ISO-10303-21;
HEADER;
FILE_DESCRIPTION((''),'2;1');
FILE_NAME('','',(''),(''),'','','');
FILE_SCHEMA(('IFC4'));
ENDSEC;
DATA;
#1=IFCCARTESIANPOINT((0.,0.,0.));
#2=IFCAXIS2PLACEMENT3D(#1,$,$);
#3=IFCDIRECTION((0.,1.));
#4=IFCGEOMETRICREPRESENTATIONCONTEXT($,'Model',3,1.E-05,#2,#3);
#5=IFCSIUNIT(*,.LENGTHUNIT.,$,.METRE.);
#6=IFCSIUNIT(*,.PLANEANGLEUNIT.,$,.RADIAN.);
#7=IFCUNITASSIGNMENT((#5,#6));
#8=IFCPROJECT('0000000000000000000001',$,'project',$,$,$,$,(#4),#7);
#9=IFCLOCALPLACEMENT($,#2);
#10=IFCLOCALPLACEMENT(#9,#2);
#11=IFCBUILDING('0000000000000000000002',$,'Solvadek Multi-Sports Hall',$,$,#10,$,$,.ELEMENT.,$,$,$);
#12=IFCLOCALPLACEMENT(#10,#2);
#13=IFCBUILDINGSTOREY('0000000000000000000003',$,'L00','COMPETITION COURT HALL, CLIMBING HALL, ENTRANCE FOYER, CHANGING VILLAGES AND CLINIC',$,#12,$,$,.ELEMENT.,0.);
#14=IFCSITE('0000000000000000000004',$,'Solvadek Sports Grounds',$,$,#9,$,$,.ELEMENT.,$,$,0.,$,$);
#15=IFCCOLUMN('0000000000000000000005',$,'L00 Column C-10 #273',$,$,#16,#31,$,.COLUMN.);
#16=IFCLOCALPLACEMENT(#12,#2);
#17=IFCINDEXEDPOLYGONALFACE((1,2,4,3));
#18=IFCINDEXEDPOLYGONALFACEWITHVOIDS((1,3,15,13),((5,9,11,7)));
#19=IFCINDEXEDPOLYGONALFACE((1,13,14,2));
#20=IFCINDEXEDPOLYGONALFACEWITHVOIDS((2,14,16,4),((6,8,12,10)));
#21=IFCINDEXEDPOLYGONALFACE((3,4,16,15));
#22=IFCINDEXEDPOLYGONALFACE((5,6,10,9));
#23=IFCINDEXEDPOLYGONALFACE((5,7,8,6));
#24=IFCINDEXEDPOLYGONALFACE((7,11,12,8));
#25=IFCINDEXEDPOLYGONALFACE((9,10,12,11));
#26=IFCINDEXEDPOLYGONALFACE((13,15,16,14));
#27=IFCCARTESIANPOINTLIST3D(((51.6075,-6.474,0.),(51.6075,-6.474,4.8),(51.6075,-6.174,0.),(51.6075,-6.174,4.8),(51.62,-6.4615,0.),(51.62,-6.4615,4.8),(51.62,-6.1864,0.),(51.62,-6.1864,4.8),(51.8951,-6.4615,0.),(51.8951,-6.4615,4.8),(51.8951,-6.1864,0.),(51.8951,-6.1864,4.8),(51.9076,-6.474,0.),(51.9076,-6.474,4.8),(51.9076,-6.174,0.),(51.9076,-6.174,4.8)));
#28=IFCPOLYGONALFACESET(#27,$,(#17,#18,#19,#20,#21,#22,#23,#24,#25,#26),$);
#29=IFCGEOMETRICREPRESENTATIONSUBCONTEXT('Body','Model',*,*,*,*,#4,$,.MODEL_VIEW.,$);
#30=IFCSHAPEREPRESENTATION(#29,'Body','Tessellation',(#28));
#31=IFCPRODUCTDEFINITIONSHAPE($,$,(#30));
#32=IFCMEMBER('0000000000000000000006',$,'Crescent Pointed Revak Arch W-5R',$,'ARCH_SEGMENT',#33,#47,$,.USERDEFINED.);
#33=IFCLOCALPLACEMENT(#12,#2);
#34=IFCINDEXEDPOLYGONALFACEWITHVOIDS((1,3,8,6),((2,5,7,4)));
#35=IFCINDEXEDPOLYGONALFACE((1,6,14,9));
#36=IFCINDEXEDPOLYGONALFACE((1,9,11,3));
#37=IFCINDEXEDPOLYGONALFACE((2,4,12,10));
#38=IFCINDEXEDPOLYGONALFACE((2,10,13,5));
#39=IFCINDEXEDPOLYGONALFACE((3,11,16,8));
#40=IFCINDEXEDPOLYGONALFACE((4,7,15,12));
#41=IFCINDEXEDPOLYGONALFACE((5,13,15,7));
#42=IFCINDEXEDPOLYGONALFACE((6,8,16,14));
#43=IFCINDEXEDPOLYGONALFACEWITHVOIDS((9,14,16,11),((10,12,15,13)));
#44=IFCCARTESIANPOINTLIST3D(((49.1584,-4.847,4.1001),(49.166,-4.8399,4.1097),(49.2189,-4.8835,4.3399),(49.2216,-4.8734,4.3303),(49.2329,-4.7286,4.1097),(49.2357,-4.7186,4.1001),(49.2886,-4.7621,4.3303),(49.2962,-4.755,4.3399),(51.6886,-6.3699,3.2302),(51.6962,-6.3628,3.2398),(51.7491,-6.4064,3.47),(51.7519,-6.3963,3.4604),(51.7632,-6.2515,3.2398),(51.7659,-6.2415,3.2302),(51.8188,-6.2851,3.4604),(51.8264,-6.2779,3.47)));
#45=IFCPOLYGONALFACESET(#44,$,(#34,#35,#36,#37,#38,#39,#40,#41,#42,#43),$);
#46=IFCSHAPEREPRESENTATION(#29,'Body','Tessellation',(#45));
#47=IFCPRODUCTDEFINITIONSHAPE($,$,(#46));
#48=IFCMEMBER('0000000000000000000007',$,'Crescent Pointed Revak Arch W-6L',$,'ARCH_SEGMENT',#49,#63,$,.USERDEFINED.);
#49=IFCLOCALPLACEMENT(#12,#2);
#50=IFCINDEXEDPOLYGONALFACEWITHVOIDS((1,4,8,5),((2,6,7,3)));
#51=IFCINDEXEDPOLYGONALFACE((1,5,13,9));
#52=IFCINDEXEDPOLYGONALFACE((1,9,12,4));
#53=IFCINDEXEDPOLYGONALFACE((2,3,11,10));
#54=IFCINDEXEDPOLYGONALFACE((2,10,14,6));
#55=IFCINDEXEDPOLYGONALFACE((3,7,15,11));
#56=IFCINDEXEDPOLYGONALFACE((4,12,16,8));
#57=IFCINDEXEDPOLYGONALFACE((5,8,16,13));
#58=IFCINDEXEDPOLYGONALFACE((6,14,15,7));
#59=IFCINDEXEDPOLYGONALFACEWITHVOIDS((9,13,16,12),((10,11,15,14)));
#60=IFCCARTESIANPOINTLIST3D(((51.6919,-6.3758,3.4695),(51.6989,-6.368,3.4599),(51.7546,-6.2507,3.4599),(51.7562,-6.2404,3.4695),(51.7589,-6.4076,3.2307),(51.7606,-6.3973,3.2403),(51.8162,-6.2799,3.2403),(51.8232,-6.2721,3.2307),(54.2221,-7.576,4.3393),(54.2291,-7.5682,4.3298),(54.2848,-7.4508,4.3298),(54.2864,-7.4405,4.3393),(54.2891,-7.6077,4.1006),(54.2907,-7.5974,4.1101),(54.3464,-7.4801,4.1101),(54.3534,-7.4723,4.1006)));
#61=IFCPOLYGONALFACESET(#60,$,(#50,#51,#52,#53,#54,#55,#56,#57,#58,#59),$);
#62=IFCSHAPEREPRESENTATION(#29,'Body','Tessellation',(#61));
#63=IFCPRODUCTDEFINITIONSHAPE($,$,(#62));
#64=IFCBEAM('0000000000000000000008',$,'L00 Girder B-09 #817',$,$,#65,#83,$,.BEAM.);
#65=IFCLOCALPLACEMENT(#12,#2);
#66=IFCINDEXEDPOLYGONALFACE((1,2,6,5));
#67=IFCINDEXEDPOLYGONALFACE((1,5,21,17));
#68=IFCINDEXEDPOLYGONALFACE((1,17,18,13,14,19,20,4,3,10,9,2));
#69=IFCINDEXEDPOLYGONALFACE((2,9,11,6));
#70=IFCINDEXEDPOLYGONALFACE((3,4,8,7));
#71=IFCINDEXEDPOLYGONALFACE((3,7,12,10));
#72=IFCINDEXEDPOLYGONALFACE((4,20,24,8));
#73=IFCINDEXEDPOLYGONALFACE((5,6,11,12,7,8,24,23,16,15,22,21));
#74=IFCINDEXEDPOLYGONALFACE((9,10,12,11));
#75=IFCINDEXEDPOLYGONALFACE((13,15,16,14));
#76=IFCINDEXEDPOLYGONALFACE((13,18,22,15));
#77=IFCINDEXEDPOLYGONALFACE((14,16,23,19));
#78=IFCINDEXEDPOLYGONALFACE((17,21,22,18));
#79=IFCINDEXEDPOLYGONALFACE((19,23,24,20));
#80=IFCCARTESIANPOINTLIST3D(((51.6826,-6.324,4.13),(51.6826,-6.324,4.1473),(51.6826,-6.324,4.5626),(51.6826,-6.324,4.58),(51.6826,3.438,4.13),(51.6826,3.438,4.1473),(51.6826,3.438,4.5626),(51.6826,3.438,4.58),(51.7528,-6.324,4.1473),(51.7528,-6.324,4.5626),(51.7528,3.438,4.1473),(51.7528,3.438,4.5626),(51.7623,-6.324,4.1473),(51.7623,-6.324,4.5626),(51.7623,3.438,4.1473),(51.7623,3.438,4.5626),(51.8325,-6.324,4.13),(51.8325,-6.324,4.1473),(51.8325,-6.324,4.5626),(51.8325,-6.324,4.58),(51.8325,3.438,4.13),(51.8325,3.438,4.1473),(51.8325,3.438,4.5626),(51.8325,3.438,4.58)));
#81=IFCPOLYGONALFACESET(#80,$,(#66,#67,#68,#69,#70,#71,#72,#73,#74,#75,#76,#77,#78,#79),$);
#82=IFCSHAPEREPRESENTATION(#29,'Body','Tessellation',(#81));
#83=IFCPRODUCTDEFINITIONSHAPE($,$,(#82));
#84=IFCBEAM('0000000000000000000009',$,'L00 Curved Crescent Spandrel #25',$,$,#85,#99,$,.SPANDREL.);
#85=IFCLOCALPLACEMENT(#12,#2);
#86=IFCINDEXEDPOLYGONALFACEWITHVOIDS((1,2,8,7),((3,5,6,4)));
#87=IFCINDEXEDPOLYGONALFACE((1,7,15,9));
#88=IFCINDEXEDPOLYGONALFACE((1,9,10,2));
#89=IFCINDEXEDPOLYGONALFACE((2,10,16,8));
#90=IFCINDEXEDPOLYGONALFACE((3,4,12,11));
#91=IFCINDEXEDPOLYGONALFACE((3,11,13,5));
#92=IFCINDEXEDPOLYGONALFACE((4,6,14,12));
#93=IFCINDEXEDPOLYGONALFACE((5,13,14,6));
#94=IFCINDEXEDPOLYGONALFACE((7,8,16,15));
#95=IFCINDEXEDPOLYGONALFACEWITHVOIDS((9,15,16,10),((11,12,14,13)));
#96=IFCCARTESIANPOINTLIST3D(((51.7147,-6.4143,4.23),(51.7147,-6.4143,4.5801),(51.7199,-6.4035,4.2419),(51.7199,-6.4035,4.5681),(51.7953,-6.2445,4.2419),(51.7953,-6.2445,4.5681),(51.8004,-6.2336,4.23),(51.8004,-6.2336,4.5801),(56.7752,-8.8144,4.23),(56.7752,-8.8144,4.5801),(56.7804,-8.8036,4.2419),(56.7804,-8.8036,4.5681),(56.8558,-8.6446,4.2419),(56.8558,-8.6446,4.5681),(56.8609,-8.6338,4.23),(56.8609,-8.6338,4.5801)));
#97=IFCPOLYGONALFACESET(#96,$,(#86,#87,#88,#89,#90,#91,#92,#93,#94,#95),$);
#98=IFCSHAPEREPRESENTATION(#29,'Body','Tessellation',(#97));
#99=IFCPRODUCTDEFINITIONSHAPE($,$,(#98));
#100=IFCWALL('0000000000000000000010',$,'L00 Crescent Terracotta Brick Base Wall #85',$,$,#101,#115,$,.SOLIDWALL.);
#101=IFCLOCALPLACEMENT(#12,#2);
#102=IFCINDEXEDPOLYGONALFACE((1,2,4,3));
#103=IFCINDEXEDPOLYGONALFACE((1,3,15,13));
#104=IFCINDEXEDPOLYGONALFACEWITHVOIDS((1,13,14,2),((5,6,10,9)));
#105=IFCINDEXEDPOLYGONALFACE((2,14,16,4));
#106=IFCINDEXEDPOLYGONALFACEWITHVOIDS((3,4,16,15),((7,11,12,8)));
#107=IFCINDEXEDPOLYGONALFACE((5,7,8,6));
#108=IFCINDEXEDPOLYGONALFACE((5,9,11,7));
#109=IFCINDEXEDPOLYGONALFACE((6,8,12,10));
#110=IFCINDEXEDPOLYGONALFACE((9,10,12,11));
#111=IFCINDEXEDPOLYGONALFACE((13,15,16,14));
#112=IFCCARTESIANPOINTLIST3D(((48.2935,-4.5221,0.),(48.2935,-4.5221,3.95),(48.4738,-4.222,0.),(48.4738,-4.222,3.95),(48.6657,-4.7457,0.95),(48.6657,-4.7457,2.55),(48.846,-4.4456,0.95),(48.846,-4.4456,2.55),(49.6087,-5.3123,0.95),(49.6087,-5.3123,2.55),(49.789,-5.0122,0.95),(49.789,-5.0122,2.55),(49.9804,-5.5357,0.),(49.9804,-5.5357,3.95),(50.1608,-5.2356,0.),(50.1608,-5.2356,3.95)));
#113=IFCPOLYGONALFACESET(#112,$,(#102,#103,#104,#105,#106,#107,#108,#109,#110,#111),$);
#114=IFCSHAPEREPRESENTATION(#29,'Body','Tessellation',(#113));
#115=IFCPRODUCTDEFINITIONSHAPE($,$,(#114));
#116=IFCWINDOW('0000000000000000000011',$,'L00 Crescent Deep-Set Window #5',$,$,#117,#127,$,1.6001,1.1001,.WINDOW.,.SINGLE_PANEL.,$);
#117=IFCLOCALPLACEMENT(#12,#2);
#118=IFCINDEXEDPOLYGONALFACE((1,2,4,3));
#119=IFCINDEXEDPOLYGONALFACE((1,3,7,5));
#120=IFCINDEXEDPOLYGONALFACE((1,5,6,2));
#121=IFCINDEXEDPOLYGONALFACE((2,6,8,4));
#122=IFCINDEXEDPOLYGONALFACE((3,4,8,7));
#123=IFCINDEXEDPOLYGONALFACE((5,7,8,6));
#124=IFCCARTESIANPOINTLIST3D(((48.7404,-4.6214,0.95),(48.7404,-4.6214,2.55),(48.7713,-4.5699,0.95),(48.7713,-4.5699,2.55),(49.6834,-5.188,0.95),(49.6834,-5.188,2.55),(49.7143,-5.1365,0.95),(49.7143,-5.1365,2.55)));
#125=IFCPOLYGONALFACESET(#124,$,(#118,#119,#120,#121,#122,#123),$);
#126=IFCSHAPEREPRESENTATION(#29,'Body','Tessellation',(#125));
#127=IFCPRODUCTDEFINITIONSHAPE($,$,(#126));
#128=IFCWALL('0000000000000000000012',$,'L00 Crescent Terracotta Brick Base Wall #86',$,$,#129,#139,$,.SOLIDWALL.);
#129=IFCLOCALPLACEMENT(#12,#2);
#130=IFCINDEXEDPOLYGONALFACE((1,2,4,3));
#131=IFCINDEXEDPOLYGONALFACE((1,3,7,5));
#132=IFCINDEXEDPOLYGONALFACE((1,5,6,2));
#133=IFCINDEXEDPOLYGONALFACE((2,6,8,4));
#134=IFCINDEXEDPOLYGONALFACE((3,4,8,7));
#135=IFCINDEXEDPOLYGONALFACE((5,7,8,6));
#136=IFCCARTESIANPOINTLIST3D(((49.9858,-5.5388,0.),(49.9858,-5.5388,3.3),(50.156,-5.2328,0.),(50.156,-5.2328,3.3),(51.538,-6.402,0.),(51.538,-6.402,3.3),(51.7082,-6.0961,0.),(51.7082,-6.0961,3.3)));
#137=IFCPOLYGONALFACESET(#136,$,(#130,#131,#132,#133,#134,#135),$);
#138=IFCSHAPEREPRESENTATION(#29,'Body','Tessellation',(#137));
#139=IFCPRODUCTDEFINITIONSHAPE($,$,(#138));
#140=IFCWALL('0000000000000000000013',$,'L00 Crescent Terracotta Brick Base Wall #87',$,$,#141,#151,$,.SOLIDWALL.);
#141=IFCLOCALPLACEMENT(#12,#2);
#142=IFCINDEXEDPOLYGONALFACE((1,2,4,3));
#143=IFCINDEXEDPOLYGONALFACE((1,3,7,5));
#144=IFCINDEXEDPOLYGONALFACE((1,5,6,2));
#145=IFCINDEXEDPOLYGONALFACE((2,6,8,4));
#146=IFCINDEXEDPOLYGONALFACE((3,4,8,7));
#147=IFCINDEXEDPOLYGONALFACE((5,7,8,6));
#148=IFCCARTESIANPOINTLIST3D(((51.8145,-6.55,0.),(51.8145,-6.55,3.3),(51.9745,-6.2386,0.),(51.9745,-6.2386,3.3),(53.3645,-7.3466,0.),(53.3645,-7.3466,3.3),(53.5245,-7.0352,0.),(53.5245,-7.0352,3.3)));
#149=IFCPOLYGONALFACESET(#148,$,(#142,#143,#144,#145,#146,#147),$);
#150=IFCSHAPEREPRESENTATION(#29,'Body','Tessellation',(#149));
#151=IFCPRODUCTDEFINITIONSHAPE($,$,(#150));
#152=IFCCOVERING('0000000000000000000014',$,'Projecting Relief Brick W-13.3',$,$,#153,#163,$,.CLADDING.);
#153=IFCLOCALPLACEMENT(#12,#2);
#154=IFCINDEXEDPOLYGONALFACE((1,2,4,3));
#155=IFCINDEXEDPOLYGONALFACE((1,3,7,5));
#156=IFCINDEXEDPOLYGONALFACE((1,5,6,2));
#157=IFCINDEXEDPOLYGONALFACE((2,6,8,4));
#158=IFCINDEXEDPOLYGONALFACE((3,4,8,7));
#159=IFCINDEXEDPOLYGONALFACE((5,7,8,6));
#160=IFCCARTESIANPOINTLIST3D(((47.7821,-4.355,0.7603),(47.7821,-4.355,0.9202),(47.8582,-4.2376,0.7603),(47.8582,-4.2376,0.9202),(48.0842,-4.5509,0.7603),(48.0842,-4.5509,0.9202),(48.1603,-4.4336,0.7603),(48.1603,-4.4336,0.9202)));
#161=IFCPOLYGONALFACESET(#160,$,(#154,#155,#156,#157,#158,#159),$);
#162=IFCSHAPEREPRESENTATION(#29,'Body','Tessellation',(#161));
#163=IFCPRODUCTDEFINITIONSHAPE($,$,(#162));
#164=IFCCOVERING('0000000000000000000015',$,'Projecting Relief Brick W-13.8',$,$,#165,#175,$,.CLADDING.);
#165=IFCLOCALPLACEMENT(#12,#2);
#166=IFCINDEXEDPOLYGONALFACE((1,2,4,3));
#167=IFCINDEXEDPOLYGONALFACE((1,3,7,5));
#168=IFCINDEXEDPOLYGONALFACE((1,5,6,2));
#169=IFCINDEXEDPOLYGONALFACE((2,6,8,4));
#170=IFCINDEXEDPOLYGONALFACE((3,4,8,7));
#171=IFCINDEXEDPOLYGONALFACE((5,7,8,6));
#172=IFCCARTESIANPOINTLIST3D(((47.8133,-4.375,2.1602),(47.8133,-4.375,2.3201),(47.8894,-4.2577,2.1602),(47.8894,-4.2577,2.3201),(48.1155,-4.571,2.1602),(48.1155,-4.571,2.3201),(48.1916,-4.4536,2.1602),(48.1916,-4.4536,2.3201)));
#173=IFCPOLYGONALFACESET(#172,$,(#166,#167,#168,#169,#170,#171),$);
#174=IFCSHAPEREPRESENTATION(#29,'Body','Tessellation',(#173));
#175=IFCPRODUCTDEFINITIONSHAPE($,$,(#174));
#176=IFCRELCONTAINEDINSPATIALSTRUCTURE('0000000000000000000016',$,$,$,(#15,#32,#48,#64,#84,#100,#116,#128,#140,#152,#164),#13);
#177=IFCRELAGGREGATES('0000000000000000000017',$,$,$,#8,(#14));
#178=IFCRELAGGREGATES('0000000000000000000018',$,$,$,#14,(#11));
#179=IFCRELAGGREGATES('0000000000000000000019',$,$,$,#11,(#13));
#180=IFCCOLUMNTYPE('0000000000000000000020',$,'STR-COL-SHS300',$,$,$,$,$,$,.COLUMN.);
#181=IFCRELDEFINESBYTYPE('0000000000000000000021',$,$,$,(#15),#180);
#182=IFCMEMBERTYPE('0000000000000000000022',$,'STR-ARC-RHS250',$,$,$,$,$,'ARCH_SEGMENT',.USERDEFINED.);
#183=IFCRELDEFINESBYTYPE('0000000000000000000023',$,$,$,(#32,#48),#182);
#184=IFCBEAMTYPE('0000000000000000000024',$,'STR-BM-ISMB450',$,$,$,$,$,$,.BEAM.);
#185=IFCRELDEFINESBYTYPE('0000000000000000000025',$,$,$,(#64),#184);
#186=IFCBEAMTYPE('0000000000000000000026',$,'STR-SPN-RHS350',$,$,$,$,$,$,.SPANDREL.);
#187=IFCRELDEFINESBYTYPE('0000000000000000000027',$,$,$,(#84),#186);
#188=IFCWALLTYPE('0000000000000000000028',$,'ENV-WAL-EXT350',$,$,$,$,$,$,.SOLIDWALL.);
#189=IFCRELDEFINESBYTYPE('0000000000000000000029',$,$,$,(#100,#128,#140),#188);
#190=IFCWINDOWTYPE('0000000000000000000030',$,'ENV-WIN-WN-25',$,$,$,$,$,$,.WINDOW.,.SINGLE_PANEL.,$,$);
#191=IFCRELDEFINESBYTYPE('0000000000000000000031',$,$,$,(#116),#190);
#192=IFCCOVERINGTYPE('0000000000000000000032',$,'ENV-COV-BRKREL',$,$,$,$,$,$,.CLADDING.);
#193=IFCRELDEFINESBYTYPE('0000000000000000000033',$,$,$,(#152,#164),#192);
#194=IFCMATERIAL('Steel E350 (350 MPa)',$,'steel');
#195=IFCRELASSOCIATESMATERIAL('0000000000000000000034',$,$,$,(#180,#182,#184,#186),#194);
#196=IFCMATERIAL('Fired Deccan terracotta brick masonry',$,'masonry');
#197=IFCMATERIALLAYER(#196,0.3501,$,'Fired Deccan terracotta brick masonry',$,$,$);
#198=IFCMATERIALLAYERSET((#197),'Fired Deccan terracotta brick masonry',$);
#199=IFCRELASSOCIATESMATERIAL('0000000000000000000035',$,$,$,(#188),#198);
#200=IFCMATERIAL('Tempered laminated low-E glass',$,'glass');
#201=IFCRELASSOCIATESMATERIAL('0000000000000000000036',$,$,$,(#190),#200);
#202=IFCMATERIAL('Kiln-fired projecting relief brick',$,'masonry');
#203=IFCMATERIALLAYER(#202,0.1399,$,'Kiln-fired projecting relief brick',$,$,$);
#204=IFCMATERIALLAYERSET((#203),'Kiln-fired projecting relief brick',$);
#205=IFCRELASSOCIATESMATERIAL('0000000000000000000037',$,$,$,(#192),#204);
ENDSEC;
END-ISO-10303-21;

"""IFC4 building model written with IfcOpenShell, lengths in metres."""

from ifc_helpers import new_model, si_unit, direction, frame, frame_2d, origin, origin_2d, place, context, subcontext, project, spatial, rectangle, hollow_rectangle, i_section, extrude, material, layer, layer_set, material_profile, profile_set, type_object, element, fill, save


model = new_model("IFC4")

# Units and contexts
model_context = context("Model", 3, precision=1e-05, world=origin(), true_north=direction((0.0, 1.0)))
body_context = subcontext(model_context, "Body", "Model", "MODEL_VIEW")
ifc_project = project(units=[si_unit("LENGTHUNIT", "METRE"), si_unit("PLANEANGLEUNIT", "RADIAN")], contexts=[model_context])

# Site, building, storey
site_placement = place(None, origin())
site = spatial("IfcSite", under=ifc_project, at=site_placement, Name="Solvadek Sports Grounds", CompositionType="ELEMENT", RefElevation=0.0)
building_placement = place(site_placement, origin())
building = spatial("IfcBuilding", under=site, at=building_placement, Name="Solvadek Multi-Sports Hall", CompositionType="ELEMENT")
storey_placement = place(building_placement, origin())
storey = spatial("IfcBuildingStorey", under=building, at=storey_placement, Name="L00", Description="COMPETITION COURT HALL, CLIMBING HALL, ENTRANCE FOYER, CHANGING VILLAGES AND CLINIC", CompositionType="ELEMENT", Elevation=0.0)

# Column
ifc_material_1 = material(Name="Steel E350 (350 MPa)", Category="steel")
ifc_material_profile_1 = material_profile(ifc_material_1, hollow_rectangle(XDim=0.3, YDim=0.3, WallThickness=0.0125, at=origin_2d()), Name="SHS 300x300x12.5")
ifc_profile_set_1 = profile_set([ifc_material_profile_1], Name="Steel E350 (350 MPa)")
column_type = type_object("IfcColumnType", Name="STR-COL-SHS300", PredefinedType="COLUMN", material=ifc_profile_set_1)
column_placement = place(storey_placement, frame((51.7576, -6.324, 0.0), z_axis=(0.0, 0.0, 1.0), x_axis=(1.0, 0.0, 0.0)))
element("IfcColumn", 1, at=column_placement, inside=storey, type_object=column_type, Name="L00 Column C-10 #273", PredefinedType="COLUMN", context=body_context, shape_type="SweptSolid", body=[
    extrude(hollow_rectangle(XDim=0.3, YDim=0.3, WallThickness=0.0125, at=origin_2d()), origin(), (0.0, 0.0, 1.0), 4.8),
])

# Members
ifc_material_profile_2 = material_profile(ifc_material_1, hollow_rectangle(XDim=0.1499, YDim=0.25, WallThickness=0.01, at=origin_2d()), Name="RHS 250x150x10")
ifc_profile_set_2 = profile_set([ifc_material_profile_2], Name="Steel E350 (350 MPa)")
member_type = type_object("IfcMemberType", Name="STR-ARC-RHS250", ElementType="ARCH_SEGMENT", PredefinedType="USERDEFINED", material=ifc_profile_set_2)
member_1_placement = place(storey_placement, frame((49.2273, -4.801, 4.22), z_axis=(0.821867, -0.494674, -0.282546), x_axis=(0.515687, 0.856777, 0.0)))
element("IfcMember", 2, at=member_1_placement, inside=storey, type_object=member_type, Name="Crescent Pointed Revak Arch W-5R", ObjectType="ARCH_SEGMENT", PredefinedType="USERDEFINED", context=body_context, shape_type="SweptSolid", body=[
    extrude(hollow_rectangle(XDim=0.1499, YDim=0.25, WallThickness=0.01, at=origin_2d()), origin(), (0.0, 0.0, 1.0), 3.0786),
])
member_2_placement = place(storey_placement, frame((51.7576, -6.324, 3.3501), z_axis=(0.862845, -0.409277, 0.296634), x_axis=(0.428566, 0.90351, 0.0)))
element("IfcMember", 3, at=member_2_placement, inside=storey, type_object=member_type, Name="Crescent Pointed Revak Arch W-6L", ObjectType="ARCH_SEGMENT", PredefinedType="USERDEFINED", context=body_context, shape_type="SweptSolid", body=[
    extrude(hollow_rectangle(XDim=0.1499, YDim=0.25, WallThickness=0.01, at=origin_2d()), origin(), (0.0, 0.0, 1.0), 2.9324),
])

# Beams
ifc_material_profile_3 = material_profile(ifc_material_1, i_section(OverallWidth=0.1499, OverallDepth=0.45, WebThickness=0.0095, FlangeThickness=0.0173, at=origin_2d()), Name="ISMB 450")
ifc_profile_set_3 = profile_set([ifc_material_profile_3], Name="Steel E350 (350 MPa)")
beam_type_1 = type_object("IfcBeamType", Name="STR-BM-ISMB450", PredefinedType="BEAM", material=ifc_profile_set_3)
beam_1_placement = place(storey_placement, frame((51.7576, -6.324, 4.355), z_axis=(0.0, 1.0, 0.0), x_axis=(-1.0, 0.0, 0.0)))
element("IfcBeam", 4, at=beam_1_placement, inside=storey, type_object=beam_type_1, Name="L00 Girder B-09 #817", PredefinedType="BEAM", context=body_context, shape_type="SweptSolid", body=[
    extrude(i_section(OverallWidth=0.1499, OverallDepth=0.45, WebThickness=0.0095, FlangeThickness=0.0173, at=origin_2d()), origin(), (0.0, 0.0, 1.0), 9.762),
])
ifc_material_profile_4 = material_profile(ifc_material_1, hollow_rectangle(XDim=0.2, YDim=0.3501, WallThickness=0.012, at=origin_2d()), Name="RHS 350x200x12")
ifc_profile_set_4 = profile_set([ifc_material_profile_4], Name="Steel E350 (350 MPa)")
beam_type_2 = type_object("IfcBeamType", Name="STR-SPN-RHS350", PredefinedType="SPANDREL", material=ifc_profile_set_4)
beam_2_placement = place(storey_placement, frame((51.7576, -6.324, 4.405), z_axis=(0.903527, -0.42853, 0.0), x_axis=(0.42853, 0.903527, 0.0)))
element("IfcBeam", 5, at=beam_2_placement, inside=storey, type_object=beam_type_2, Name="L00 Curved Crescent Spandrel #25", PredefinedType="SPANDREL", context=body_context, shape_type="SweptSolid", body=[
    extrude(hollow_rectangle(XDim=0.2, YDim=0.3501, WallThickness=0.012, at=origin_2d()), origin(), (0.0, 0.0, 1.0), 5.6008),
])

# Wall, opening, window
ifc_material_2 = material(Name="Fired Deccan terracotta brick masonry", Category="masonry")
ifc_layer_1 = layer(ifc_material_2, 0.3501, Name="Fired Deccan terracotta brick masonry")
ifc_layer_set_1 = layer_set([ifc_layer_1], Name="Fired Deccan terracotta brick masonry")
wall_type = type_object("IfcWallType", Name="ENV-WAL-EXT350", PredefinedType="SOLIDWALL", material=ifc_layer_set_1)
wall_1_placement = place(storey_placement, frame((48.3838, -4.3721, 0.0), z_axis=(0.0, 0.0, 1.0), x_axis=(0.857164, -0.515043, 0.0)))
wall_1 = element("IfcWall", 6, at=wall_1_placement, inside=storey, type_object=wall_type, Name="L00 Crescent Terracotta Brick Base Wall #85", PredefinedType="SOLIDWALL", context=body_context, shape_type="SweptSolid", body=[
    extrude(rectangle(XDim=1.968, YDim=0.3501, at=frame_2d((0.9839, 0.0))), origin(), (0.0, 0.0, 1.0), 3.95),
])
opening_placement = place(wall_1_placement, frame((0.4341, 0.0, 0.95)))
opening = element("IfcOpeningElement", 7, at=opening_placement, cuts=wall_1, PredefinedType="OPENING", context=body_context, shape_type="SweptSolid", body=[
    extrude(rectangle(XDim=1.1001, YDim=1.6001, at=frame_2d((0.55, 0.8))), frame((0.0, 0.1851, 0.0), z_axis=(0.0, -1.0, 0.0), x_axis=(1.0, 0.0, 0.0)), (0.0, 0.0, 1.0), 0.3701),
])
ifc_material_3 = material(Name="Tempered laminated low-E glass", Category="glass")
window_type = type_object("IfcWindowType", Name="ENV-WIN-WN-25", PartitioningType="SINGLE_PANEL", PredefinedType="WINDOW", material=ifc_material_3)
window_placement = place(opening_placement, origin())
window = element("IfcWindow", 8, at=window_placement, inside=storey, type_object=window_type, Name="L00 Crescent Deep-Set Window #5", OverallHeight=1.6001, OverallWidth=1.1001, PartitioningType="SINGLE_PANEL", PredefinedType="WINDOW", context=body_context, shape_type="SweptSolid", body=[
    extrude(rectangle(XDim=1.1001, YDim=1.6001, at=frame_2d((0.55, 0.8))), frame((0.0, 0.03, 0.0), z_axis=(0.0, -1.0, 0.0), x_axis=(1.0, 0.0, 0.0)), (0.0, 0.0, 1.0), 0.0601),
])
fill(opening, window)

# Walls
wall_2_placement = place(storey_placement, frame((50.0708, -5.3857, 0.0), z_axis=(0.0, 0.0, 1.0), x_axis=(0.873937, -0.48604, 0.0)))
element("IfcWall", 9, at=wall_2_placement, inside=storey, type_object=wall_type, Name="L00 Crescent Terracotta Brick Base Wall #86", PredefinedType="SOLIDWALL", context=body_context, shape_type="SweptSolid", body=[
    extrude(rectangle(XDim=1.7761, YDim=0.3501, at=frame_2d((0.8882, 0.0))), origin(), (0.0, 0.0, 1.0), 3.3),
])
wall_3_placement = place(storey_placement, frame((51.8945, -6.3943, 0.0), z_axis=(0.0, 0.0, 1.0), x_axis=(0.889413, -0.457104, 0.0)))
element("IfcWall", 10, at=wall_3_placement, inside=storey, type_object=wall_type, Name="L00 Crescent Terracotta Brick Base Wall #87", PredefinedType="SOLIDWALL", context=body_context, shape_type="SweptSolid", body=[
    extrude(rectangle(XDim=1.7427, YDim=0.3501, at=frame_2d((0.8713, 0.0))), origin(), (0.0, 0.0, 1.0), 3.3),
])

# Coverings
ifc_material_4 = material(Name="Kiln-fired projecting relief brick", Category="masonry")
ifc_layer_2 = layer(ifc_material_4, 0.1399, Name="Kiln-fired projecting relief brick")
ifc_layer_set_2 = layer_set([ifc_layer_2], Name="Kiln-fired projecting relief brick")
covering_type = type_object("IfcCoveringType", Name="ENV-COV-BRKREL", PredefinedType="CLADDING", material=ifc_layer_set_2)
for number, where, z_axis, x_axis, name in (
    (11, (47.9712, -4.3943, 0.7603), (0.0, 0.0, 1.0), (0.839053, -0.544049, 0.0), "Projecting Relief Brick W-13.3"),
    (12, (48.0024, -4.4143, 2.1602), (0.0, 0.0, 1.0), (0.839053, -0.544049, 0.0), "Projecting Relief Brick W-13.8"),
):
    element("IfcCovering", number, at=place(storey_placement, frame(where, z_axis=z_axis, x_axis=x_axis)), inside=storey, type_object=covering_type, Name=name, PredefinedType="CLADDING", context=body_context, shape_type="SweptSolid", body=[
        extrude(rectangle(XDim=0.3601, YDim=0.1399, at=origin_2d()), origin(), (0.0, 0.0, 1.0), 0.1599),
    ])

save(model, "model.ifc")
